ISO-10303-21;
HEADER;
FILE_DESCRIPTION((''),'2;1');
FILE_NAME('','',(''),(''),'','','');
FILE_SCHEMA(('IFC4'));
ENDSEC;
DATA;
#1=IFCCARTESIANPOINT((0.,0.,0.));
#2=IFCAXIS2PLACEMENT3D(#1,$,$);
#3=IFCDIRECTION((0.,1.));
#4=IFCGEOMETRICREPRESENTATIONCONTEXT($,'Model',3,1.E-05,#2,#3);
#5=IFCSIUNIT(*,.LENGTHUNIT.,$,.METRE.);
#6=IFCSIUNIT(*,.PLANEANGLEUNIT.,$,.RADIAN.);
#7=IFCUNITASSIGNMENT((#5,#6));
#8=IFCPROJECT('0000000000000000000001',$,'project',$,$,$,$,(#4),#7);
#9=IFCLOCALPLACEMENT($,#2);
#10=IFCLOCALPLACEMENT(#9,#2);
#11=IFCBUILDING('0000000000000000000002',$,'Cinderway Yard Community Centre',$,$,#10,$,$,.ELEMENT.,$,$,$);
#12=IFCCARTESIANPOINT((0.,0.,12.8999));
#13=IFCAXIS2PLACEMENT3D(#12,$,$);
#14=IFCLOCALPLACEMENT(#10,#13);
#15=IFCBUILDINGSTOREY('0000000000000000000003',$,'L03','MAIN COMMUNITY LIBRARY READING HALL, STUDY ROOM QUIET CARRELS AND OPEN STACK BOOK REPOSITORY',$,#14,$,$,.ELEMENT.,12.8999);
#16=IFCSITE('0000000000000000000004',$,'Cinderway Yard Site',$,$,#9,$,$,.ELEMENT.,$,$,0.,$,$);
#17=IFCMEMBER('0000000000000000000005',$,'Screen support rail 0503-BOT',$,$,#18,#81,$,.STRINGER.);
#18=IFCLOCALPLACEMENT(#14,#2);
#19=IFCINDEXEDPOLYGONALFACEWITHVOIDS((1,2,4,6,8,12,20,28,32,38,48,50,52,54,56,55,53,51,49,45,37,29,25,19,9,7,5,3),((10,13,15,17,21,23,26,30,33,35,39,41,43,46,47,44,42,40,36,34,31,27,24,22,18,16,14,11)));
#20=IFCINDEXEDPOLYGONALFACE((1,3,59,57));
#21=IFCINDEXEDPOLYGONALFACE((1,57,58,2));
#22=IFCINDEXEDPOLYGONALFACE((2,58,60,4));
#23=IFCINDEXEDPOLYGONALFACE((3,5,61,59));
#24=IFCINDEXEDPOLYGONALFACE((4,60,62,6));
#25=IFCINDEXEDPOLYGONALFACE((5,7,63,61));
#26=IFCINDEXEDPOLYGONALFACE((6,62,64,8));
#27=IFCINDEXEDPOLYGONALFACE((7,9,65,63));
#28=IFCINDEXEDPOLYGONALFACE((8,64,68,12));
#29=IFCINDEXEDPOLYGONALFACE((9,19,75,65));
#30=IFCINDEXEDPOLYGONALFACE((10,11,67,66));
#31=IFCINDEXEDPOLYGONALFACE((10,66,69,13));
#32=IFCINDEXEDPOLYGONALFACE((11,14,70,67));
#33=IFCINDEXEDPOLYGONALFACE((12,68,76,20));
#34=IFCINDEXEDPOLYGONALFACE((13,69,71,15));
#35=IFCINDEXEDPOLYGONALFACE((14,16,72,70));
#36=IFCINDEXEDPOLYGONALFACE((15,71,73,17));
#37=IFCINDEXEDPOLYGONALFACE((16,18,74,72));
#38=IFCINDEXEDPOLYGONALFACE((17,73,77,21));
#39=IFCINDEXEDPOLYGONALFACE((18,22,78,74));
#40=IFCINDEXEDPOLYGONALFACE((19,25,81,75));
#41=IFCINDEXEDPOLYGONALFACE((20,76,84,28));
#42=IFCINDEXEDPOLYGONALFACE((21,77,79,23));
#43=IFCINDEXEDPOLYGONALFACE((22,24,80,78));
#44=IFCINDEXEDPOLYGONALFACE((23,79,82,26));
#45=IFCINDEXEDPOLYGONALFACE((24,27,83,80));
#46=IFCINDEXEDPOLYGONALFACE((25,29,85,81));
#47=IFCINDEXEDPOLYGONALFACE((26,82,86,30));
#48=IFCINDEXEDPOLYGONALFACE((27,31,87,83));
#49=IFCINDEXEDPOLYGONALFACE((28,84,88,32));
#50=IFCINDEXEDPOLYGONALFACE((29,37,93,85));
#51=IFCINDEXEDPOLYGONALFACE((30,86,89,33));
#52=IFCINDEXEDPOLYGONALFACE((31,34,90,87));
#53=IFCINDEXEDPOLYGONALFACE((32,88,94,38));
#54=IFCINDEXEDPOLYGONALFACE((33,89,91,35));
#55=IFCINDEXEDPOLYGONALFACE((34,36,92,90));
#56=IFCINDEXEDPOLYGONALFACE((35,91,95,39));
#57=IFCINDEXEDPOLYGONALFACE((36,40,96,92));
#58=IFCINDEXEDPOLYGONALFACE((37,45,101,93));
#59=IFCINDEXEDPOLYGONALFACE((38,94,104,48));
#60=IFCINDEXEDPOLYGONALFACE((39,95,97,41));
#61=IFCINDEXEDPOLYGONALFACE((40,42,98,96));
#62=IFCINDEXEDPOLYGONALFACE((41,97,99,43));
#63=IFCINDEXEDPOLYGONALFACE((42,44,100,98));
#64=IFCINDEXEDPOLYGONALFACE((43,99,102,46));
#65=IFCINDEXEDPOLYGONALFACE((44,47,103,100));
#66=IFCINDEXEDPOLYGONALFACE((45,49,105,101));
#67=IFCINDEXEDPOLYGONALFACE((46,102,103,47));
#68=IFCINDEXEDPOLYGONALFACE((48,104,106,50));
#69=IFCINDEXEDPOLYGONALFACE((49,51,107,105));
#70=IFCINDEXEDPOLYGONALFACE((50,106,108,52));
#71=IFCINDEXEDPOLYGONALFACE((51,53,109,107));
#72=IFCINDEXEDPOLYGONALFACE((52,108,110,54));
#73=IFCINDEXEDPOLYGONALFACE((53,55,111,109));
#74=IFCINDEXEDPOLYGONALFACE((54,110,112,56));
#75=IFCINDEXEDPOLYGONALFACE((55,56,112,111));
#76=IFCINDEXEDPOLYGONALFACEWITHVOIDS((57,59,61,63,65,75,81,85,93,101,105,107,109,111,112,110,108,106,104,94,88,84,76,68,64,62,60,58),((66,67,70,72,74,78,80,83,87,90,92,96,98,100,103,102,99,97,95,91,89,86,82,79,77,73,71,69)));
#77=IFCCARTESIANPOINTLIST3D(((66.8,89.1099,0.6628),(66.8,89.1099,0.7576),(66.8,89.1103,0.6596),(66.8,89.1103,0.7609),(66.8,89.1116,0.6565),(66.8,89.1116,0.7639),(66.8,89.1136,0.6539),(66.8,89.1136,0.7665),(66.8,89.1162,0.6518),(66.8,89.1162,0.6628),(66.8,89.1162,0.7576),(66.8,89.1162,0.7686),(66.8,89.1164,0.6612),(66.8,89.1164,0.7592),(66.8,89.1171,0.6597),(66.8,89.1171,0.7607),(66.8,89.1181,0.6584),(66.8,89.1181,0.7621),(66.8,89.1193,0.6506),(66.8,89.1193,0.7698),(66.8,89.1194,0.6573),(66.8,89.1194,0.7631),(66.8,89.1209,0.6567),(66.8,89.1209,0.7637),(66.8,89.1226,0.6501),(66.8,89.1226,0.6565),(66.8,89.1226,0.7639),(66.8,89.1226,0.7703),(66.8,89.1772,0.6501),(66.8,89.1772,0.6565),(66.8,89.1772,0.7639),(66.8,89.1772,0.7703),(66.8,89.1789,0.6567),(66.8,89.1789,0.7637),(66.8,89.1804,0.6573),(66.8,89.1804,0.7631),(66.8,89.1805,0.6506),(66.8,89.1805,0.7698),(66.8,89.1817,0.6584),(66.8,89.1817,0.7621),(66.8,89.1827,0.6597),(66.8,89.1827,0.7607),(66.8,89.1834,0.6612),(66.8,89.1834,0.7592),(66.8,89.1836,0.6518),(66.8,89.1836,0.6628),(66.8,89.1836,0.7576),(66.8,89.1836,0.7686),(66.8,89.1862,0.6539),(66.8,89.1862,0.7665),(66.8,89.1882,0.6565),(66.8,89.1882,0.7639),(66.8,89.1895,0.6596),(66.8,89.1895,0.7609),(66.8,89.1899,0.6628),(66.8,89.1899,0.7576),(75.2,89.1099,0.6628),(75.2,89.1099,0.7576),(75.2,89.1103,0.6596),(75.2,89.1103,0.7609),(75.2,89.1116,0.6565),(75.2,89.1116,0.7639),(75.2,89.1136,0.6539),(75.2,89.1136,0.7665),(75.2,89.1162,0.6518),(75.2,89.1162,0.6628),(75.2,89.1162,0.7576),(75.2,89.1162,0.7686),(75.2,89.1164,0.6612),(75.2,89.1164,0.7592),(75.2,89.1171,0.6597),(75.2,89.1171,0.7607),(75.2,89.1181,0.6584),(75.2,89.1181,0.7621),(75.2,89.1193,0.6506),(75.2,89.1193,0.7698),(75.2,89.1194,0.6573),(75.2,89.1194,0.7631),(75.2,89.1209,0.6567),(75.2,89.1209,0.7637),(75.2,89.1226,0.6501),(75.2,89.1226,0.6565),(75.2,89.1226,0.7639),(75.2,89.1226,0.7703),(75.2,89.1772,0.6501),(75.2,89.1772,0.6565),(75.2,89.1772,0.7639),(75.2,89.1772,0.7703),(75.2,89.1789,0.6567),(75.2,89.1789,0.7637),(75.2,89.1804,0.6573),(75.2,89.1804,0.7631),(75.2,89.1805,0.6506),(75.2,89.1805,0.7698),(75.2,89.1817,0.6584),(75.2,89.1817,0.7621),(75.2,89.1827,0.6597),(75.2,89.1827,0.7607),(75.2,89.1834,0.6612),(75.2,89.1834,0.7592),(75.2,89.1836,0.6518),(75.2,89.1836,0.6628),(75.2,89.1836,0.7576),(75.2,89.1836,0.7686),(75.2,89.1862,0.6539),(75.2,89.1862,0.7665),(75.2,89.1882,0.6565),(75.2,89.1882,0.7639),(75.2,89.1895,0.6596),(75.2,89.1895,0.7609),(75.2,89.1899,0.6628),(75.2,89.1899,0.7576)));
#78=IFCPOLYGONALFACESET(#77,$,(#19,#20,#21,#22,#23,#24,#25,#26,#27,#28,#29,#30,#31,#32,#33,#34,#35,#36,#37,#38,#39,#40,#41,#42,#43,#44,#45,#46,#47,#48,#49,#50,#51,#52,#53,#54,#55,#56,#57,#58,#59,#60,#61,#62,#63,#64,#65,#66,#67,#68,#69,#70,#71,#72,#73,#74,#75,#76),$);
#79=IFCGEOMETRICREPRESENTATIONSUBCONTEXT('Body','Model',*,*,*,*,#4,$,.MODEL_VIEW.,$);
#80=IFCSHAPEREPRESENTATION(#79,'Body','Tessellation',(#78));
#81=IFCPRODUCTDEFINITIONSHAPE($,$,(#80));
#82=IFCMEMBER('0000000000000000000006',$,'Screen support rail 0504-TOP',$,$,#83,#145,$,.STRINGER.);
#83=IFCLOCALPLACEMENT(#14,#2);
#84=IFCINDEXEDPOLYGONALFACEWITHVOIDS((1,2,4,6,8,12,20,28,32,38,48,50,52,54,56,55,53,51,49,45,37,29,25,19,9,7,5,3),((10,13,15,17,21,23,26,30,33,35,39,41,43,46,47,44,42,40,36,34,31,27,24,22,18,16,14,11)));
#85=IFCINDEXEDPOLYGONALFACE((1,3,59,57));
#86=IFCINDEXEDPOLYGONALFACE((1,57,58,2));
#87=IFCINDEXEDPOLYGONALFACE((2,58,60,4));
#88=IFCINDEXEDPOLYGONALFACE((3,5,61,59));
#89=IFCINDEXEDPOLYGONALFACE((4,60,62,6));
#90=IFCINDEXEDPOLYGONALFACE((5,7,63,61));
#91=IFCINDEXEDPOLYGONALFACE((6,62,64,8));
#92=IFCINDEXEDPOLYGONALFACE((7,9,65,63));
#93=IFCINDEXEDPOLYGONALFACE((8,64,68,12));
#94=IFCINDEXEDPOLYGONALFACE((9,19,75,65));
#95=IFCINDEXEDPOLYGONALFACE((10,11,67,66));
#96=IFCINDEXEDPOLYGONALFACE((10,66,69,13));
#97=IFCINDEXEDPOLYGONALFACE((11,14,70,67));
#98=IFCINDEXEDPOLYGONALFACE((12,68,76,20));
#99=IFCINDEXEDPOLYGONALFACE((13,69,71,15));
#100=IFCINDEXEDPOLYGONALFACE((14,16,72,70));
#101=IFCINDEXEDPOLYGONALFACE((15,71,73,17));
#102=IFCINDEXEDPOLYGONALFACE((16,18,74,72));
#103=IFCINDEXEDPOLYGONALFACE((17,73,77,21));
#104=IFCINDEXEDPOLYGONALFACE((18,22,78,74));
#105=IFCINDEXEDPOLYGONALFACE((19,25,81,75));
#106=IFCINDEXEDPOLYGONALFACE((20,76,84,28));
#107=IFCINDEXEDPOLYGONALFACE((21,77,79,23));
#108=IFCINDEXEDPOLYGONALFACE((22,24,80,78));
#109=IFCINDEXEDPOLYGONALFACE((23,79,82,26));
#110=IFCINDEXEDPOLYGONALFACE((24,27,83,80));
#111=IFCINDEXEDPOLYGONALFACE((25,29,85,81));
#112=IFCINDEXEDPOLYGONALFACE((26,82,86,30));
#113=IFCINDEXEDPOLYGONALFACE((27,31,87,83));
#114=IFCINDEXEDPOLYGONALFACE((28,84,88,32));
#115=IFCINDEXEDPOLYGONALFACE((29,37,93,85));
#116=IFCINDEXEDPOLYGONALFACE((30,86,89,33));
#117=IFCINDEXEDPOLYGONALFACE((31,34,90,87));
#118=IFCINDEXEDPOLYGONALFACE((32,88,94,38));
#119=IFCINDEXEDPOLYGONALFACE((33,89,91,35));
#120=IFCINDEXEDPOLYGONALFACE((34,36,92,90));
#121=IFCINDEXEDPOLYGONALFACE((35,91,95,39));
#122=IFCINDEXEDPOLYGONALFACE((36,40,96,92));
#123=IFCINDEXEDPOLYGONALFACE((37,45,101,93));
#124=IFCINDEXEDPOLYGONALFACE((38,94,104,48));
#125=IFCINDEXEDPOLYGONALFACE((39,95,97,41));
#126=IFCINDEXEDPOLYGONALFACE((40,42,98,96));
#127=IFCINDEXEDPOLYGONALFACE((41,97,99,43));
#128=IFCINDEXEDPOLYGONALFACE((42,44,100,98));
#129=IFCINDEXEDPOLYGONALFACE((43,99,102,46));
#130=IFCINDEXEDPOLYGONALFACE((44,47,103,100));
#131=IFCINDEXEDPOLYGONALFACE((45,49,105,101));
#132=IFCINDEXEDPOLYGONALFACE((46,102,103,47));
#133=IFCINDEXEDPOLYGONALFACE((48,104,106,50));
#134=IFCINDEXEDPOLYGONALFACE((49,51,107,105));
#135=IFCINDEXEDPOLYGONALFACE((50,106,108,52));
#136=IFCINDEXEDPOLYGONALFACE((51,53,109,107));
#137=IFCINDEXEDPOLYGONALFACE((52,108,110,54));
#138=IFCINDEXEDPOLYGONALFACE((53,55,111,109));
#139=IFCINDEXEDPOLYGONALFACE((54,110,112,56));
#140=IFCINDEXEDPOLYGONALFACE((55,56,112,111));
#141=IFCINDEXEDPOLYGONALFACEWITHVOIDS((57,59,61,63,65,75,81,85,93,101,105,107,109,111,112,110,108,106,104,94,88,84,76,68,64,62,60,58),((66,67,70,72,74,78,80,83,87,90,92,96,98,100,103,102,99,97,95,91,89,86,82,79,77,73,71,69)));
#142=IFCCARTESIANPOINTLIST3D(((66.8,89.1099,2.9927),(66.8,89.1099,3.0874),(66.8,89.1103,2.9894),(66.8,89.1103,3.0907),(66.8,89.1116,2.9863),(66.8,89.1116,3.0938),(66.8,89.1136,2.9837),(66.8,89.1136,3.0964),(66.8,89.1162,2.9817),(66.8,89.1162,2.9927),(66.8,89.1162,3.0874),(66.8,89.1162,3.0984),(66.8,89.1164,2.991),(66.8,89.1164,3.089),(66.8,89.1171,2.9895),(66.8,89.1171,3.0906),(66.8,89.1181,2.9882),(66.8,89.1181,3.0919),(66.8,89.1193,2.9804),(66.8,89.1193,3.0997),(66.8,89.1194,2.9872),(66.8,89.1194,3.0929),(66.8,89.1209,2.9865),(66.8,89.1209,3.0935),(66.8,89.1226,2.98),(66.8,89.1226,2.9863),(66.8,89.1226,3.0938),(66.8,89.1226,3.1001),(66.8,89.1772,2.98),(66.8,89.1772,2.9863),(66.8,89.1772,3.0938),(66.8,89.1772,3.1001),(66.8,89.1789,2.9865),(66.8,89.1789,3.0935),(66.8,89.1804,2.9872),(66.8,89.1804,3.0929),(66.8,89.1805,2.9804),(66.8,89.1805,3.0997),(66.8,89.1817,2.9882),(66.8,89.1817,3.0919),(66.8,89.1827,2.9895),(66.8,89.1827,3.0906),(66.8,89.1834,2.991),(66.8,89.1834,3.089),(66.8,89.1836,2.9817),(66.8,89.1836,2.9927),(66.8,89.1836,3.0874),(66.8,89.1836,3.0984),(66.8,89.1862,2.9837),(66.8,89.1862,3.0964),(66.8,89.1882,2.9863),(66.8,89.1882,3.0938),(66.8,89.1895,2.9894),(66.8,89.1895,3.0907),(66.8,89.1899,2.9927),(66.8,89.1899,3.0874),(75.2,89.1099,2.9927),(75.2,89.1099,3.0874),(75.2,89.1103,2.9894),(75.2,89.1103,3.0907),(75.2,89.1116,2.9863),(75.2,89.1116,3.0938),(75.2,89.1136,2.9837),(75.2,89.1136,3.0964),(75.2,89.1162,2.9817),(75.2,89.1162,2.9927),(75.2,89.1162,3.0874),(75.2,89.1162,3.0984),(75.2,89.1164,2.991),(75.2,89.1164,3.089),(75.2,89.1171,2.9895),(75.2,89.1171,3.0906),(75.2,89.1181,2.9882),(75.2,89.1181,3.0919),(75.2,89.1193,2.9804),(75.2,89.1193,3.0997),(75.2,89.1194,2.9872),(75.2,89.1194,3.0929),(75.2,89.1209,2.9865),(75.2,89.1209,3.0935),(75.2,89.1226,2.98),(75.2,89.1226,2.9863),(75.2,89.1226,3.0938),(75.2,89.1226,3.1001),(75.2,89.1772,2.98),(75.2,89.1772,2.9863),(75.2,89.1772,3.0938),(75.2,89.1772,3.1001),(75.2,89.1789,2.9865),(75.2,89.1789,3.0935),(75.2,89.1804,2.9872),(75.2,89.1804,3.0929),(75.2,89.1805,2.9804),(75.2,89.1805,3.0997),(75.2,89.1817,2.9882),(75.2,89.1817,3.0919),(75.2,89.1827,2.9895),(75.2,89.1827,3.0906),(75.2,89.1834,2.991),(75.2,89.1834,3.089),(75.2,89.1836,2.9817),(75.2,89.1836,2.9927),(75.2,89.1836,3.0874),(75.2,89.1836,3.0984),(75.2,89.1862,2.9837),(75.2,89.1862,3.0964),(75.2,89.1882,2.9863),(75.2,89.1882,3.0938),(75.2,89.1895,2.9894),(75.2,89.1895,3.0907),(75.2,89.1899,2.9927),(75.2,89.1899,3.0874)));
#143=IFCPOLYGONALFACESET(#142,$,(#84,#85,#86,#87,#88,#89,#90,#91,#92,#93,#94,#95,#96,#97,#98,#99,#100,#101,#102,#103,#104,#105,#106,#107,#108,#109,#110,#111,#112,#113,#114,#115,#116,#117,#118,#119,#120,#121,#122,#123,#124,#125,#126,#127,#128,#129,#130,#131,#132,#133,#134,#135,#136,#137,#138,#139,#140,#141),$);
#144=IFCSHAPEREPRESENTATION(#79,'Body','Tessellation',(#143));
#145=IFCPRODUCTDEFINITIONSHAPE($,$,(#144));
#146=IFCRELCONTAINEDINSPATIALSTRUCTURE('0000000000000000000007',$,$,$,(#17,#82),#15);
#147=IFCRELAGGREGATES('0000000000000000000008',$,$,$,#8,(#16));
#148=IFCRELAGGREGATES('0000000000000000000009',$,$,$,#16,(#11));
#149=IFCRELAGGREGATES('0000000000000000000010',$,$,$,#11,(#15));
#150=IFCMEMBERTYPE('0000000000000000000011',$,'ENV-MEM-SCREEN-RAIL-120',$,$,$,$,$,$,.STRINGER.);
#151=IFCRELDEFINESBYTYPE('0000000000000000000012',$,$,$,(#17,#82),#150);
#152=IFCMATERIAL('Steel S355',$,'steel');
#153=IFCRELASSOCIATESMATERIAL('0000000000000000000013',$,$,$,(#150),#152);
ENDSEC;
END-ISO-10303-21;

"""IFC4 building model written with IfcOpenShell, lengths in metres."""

from ifc_helpers import new_model, si_unit, direction, frame, origin, origin_2d, place, context, subcontext, project, spatial, hollow_rectangle, extrude, material, material_profile, profile_set, type_object, element, save


model = new_model("IFC4")

# Units and contexts
model_context = context("Model", 3, precision=1e-05, world=origin(), true_north=direction((0.0, 1.0)))
body_context = subcontext(model_context, "Body", "Model", "MODEL_VIEW")
ifc_project = project(units=[si_unit("LENGTHUNIT", "METRE"), si_unit("PLANEANGLEUNIT", "RADIAN")], contexts=[model_context])

# Site, building, storey
site_placement = place(None, origin())
site = spatial("IfcSite", under=ifc_project, at=site_placement, Name="Cinderway Yard Site", CompositionType="ELEMENT", RefElevation=0.0)
building_placement = place(site_placement, origin())
building = spatial("IfcBuilding", under=site, at=building_placement, Name="Cinderway Yard Community Centre", CompositionType="ELEMENT")
storey_placement = place(building_placement, frame((0.0, 0.0, 12.8999)))
storey = spatial("IfcBuildingStorey", under=building, at=storey_placement, Name="L03", Description="MAIN COMMUNITY LIBRARY READING HALL, STUDY ROOM QUIET CARRELS AND OPEN STACK BOOK REPOSITORY", CompositionType="ELEMENT", Elevation=12.8999)

# Shared definitions
ifc_material_1 = material(Name="Steel S355", Category="steel")

# Members
ifc_material_profile_1 = material_profile(ifc_material_1, hollow_rectangle(XDim=0.0801, YDim=0.1201, WallThickness=0.0063, InnerFilletRadius=0.0063, OuterFilletRadius=0.0127, at=origin_2d()), Name="Steel S355")
ifc_profile_set_1 = profile_set([ifc_material_profile_1], Name="Steel S355")
member_type = type_object("IfcMemberType", Name="ENV-MEM-SCREEN-RAIL-120", PredefinedType="STRINGER", material=ifc_profile_set_1)
for number, where, z_axis, x_axis, name in (
    (1, (66.8, 89.1499, 0.7102), (1.0, 0.0, 0.0), (0.0, 1.0, 0.0), "Screen support rail 0503-BOT"),
    (2, (66.8, 89.1499, 3.04), (1.0, 0.0, 0.0), (0.0, 1.0, 0.0), "Screen support rail 0504-TOP"),
):
    element("IfcMember", number, at=place(storey_placement, frame(where, z_axis=z_axis, x_axis=x_axis)), inside=storey, type_object=member_type, Name=name, PredefinedType="STRINGER", context=body_context, shape_type="SweptSolid", body=[
        extrude(hollow_rectangle(XDim=0.0801, YDim=0.1201, WallThickness=0.0063, InnerFilletRadius=0.0063, OuterFilletRadius=0.0127, at=origin_2d()), origin(), (0.0, 0.0, 1.0), 8.3999),
    ])

save(model, "model.ifc")
